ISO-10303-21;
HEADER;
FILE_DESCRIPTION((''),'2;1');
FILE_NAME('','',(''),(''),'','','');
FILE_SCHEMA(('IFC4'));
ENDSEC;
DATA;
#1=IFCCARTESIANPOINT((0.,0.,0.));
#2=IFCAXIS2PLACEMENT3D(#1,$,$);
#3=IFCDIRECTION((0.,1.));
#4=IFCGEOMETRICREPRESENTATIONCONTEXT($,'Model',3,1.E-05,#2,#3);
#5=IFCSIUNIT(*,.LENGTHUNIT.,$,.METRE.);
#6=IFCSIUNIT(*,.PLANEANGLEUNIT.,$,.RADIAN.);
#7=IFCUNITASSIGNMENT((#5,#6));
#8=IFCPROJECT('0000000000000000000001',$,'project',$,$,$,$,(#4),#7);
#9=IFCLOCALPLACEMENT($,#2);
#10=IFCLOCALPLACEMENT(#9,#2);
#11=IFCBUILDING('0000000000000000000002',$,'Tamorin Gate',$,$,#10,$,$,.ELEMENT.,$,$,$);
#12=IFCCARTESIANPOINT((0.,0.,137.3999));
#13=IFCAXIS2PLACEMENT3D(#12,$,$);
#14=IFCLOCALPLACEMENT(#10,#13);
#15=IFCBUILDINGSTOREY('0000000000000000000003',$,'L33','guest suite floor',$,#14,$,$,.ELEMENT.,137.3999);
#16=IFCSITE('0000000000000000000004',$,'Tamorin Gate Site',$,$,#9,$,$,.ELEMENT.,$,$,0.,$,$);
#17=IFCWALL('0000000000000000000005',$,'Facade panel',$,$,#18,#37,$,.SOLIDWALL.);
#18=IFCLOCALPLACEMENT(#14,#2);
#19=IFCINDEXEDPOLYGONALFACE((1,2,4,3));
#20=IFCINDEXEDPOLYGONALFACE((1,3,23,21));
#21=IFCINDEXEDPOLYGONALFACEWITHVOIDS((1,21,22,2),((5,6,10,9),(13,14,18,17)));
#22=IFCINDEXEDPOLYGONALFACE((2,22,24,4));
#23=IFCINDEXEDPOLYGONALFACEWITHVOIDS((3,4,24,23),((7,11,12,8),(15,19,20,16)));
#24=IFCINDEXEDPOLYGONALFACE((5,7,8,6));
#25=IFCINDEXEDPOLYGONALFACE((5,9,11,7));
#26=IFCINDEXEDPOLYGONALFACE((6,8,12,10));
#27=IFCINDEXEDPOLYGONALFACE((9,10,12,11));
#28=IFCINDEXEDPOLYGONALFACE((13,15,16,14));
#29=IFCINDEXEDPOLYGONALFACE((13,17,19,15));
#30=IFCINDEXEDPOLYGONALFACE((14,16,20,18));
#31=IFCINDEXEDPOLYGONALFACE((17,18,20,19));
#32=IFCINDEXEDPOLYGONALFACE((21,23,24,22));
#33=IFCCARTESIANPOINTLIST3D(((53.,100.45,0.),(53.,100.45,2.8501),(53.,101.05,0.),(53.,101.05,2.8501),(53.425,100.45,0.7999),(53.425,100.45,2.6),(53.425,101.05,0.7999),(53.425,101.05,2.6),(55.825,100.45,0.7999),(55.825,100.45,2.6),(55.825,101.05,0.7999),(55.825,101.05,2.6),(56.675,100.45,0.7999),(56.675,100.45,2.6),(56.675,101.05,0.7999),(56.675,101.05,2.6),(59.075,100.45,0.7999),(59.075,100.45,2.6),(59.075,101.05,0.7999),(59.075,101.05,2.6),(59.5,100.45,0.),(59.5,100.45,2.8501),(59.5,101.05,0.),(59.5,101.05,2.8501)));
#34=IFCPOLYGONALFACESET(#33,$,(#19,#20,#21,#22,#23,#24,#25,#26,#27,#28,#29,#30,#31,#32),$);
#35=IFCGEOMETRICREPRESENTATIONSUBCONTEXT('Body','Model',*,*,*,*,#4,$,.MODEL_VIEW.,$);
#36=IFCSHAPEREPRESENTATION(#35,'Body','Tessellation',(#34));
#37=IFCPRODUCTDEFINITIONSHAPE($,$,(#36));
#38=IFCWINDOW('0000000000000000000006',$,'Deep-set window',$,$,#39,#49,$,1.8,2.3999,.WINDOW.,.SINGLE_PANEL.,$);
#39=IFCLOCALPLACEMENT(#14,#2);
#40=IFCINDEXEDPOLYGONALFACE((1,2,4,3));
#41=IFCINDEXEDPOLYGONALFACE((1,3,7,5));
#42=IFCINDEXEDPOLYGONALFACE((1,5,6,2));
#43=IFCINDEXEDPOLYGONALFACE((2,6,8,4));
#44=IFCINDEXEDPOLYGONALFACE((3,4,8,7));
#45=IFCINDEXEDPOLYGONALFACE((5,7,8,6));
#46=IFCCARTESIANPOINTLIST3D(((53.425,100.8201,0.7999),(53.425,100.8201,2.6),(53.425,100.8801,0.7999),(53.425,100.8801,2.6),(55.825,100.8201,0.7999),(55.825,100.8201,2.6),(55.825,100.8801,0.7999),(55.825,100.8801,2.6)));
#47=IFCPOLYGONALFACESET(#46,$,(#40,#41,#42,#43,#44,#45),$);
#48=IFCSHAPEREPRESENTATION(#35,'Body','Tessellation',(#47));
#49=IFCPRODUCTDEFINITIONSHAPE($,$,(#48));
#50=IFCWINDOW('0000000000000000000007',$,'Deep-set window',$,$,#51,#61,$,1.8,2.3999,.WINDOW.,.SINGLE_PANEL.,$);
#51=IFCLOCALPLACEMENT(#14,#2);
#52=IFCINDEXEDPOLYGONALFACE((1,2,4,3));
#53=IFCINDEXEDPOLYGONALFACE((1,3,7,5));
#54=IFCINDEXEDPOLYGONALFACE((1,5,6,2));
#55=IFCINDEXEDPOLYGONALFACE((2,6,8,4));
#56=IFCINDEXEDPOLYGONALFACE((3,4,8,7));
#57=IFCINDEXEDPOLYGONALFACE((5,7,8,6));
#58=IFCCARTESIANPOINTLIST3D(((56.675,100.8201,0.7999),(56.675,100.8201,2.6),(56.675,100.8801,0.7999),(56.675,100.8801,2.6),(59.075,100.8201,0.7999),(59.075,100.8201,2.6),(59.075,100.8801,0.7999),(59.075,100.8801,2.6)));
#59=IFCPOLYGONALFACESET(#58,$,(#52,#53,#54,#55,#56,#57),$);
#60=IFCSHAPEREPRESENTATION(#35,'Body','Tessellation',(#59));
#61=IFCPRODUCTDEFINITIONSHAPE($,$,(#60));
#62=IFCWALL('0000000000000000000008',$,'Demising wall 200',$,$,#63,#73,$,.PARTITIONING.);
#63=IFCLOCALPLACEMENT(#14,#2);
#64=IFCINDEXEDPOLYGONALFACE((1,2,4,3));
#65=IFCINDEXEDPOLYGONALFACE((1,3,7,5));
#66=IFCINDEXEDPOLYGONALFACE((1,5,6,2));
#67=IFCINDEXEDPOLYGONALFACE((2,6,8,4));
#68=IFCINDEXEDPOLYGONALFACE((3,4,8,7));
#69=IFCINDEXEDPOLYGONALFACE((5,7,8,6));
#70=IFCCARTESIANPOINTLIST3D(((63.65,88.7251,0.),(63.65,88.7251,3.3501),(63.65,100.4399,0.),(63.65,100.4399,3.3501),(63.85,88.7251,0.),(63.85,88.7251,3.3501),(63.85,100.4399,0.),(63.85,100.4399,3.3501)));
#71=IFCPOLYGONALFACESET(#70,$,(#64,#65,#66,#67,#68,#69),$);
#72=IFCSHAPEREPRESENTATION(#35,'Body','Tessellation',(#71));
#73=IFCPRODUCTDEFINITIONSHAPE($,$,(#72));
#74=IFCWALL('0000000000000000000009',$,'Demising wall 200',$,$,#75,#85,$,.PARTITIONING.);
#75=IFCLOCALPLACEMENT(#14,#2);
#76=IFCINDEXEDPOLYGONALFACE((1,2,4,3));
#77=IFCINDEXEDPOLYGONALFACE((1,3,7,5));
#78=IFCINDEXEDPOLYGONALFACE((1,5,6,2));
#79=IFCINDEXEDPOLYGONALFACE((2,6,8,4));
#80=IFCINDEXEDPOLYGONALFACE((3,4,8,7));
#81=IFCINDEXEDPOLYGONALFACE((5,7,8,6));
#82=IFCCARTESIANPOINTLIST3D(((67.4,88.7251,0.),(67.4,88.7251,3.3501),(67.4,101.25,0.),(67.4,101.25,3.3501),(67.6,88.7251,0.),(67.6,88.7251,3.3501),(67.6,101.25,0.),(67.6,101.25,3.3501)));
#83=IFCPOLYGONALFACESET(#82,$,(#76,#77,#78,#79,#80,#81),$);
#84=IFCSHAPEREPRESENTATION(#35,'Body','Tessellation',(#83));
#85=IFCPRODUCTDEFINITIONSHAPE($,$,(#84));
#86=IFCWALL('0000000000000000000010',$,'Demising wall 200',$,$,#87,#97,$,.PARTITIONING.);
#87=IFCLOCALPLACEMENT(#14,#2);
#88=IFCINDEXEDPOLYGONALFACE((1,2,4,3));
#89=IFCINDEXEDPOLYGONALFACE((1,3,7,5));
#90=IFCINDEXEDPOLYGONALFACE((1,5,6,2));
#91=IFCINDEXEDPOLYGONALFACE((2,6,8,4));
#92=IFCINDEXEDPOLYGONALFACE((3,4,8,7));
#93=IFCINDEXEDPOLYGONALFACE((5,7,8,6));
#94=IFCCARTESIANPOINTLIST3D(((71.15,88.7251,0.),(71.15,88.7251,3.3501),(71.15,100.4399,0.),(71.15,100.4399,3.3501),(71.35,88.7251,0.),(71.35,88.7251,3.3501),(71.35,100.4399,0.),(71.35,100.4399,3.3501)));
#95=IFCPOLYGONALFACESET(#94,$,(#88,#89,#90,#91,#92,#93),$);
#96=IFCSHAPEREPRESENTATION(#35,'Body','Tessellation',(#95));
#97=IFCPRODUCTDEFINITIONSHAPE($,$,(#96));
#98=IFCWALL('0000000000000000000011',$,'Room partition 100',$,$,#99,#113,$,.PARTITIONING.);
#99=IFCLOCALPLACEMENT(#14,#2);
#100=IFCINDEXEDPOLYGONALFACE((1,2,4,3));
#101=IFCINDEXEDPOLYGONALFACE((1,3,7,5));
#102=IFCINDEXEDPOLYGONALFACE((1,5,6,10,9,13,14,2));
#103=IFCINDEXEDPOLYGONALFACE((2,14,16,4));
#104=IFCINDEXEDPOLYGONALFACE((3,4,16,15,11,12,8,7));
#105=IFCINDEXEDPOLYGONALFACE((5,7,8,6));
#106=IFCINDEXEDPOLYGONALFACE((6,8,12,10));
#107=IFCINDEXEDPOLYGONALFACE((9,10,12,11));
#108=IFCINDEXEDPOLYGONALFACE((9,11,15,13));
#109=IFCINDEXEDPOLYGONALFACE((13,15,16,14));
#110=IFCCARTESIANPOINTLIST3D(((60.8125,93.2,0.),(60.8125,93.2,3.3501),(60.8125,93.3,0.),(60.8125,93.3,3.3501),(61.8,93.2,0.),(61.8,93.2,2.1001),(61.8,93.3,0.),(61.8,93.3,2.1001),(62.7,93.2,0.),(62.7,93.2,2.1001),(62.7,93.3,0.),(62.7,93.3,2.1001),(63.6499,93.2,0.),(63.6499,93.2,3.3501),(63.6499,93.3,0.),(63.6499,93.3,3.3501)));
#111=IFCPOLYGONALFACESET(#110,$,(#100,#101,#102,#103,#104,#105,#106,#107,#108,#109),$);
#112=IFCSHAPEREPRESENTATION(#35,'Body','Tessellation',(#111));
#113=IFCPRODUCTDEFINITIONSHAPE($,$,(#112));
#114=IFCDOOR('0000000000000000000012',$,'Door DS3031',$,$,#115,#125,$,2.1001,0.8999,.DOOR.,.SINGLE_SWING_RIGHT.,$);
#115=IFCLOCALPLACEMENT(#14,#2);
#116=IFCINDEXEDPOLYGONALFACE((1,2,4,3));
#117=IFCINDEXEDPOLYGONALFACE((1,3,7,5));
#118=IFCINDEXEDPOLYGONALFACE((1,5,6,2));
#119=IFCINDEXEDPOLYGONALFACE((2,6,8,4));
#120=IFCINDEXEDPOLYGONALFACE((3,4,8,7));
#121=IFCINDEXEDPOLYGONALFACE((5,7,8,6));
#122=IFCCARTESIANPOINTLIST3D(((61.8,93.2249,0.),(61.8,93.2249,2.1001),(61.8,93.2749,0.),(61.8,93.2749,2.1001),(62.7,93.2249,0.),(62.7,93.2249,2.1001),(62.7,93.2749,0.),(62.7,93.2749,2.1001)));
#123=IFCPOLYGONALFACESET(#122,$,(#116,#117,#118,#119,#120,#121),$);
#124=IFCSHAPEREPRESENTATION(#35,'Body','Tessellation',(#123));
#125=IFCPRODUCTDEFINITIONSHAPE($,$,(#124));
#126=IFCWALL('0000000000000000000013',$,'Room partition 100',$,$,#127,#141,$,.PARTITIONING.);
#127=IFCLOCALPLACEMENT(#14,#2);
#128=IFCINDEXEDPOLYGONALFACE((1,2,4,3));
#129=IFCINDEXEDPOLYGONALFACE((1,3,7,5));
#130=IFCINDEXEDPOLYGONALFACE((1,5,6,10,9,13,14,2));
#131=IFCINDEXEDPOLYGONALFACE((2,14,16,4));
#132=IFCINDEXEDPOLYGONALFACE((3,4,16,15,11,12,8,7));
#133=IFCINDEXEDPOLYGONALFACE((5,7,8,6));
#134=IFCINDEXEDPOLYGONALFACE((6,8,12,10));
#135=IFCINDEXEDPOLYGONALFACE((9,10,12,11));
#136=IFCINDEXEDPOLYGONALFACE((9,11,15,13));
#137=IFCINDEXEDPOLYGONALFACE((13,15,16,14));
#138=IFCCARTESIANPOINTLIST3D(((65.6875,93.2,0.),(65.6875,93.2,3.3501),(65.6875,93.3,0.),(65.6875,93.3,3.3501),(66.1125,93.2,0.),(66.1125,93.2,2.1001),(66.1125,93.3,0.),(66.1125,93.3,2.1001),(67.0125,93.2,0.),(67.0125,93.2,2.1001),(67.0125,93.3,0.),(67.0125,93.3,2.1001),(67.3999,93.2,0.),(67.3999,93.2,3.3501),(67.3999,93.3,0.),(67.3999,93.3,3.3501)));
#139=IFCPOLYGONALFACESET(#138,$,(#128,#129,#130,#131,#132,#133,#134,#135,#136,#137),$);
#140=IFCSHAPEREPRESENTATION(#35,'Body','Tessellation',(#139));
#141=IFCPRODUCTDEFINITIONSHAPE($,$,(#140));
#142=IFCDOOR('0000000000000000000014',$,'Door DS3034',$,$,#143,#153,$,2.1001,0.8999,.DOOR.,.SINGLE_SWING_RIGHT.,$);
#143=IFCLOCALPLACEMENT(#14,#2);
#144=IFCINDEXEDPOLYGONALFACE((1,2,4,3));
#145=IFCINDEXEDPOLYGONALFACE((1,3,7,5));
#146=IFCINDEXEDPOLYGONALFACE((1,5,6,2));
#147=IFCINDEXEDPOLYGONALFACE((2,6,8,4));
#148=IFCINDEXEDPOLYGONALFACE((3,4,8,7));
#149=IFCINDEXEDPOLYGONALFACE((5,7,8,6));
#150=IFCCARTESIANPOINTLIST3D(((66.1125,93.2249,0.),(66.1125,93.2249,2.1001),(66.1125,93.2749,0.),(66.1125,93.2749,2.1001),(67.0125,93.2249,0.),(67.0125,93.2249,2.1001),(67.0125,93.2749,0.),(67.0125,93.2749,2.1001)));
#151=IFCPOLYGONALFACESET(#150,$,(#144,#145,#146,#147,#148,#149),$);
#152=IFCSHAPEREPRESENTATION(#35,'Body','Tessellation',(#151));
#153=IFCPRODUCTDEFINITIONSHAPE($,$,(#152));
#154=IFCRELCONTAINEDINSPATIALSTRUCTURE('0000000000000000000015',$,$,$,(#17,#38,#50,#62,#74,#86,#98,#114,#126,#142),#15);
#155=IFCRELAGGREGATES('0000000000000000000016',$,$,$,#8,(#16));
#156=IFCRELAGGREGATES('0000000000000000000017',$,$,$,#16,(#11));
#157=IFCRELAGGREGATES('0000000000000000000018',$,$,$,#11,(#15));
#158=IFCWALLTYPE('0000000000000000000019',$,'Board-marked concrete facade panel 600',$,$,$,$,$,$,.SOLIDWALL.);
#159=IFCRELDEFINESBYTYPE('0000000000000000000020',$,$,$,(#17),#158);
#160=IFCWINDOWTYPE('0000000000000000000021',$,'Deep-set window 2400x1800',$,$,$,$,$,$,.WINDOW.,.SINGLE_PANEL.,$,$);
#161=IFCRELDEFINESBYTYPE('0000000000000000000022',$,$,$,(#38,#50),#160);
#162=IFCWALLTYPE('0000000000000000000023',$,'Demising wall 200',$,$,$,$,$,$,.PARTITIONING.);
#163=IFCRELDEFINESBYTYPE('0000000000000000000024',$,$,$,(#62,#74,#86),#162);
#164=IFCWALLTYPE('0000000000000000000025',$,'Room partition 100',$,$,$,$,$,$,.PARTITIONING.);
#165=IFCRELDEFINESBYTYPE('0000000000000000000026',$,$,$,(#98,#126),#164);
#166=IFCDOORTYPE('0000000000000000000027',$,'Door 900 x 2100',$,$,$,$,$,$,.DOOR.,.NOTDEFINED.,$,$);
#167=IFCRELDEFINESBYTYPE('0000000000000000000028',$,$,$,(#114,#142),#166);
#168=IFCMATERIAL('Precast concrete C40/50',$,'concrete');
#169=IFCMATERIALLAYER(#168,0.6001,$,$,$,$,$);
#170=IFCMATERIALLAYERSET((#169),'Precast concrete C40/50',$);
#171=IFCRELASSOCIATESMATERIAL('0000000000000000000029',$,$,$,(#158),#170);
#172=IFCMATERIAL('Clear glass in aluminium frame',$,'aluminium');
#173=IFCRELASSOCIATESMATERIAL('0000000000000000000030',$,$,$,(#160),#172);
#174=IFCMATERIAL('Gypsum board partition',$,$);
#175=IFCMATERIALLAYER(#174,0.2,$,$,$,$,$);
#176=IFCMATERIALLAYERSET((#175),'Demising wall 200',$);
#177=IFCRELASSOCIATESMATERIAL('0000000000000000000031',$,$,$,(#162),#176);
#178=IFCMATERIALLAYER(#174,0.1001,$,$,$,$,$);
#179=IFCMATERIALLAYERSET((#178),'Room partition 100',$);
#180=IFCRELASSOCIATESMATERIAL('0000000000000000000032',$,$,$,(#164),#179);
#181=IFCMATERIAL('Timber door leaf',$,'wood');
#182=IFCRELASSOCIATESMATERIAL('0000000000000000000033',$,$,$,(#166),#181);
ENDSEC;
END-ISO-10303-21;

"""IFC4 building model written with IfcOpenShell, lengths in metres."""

from ifc_helpers import new_model, si_unit, direction, frame, frame_2d, origin, place, context, subcontext, project, spatial, rectangle, extrude, material, layer, layer_set, type_object, element, fill, save


model = new_model("IFC4")

# Units and contexts
model_context = context("Model", 3, precision=1e-05, world=origin(), true_north=direction((0.0, 1.0)))
body_context = subcontext(model_context, "Body", "Model", "MODEL_VIEW")
ifc_project = project(units=[si_unit("LENGTHUNIT", "METRE"), si_unit("PLANEANGLEUNIT", "RADIAN")], contexts=[model_context])

# Site, building, storey
site_placement = place(None, origin())
site = spatial("IfcSite", under=ifc_project, at=site_placement, Name="Tamorin Gate Site", CompositionType="ELEMENT", RefElevation=0.0)
building_placement = place(site_placement, origin())
building = spatial("IfcBuilding", under=site, at=building_placement, Name="Tamorin Gate", CompositionType="ELEMENT")
storey_placement = place(building_placement, frame((0.0, 0.0, 137.3999)))
storey = spatial("IfcBuildingStorey", under=building, at=storey_placement, Name="L33", Description="guest suite floor", CompositionType="ELEMENT", Elevation=137.3999)

# Wall, openings, windows
ifc_material_1 = material(Name="Precast concrete C40/50", Category="concrete")
ifc_layer_1 = layer(ifc_material_1, 0.6001)
ifc_layer_set_1 = layer_set([ifc_layer_1], Name="Precast concrete C40/50")
wall_type_1 = type_object("IfcWallType", Name="Board-marked concrete facade panel 600", PredefinedType="SOLIDWALL", material=ifc_layer_set_1)
ifc_material_2 = material(Name="Clear glass in aluminium frame", Category="aluminium")
window_type = type_object("IfcWindowType", Name="Deep-set window 2400x1800", PartitioningType="SINGLE_PANEL", PredefinedType="WINDOW", material=ifc_material_2)
wall_1_placement = place(storey_placement, frame((59.5, 100.75, 0.0), z_axis=(0.0, 0.0, 1.0), x_axis=(-1.0, 0.0, 0.0)))
wall_1 = element("IfcWall", 1, at=wall_1_placement, inside=storey, type_object=wall_type_1, Name="Facade panel", PredefinedType="SOLIDWALL", context=body_context, shape_type="SweptSolid", body=[
    extrude(rectangle(XDim=6.5, YDim=0.6001, at=frame_2d((3.25, 0.0))), origin(), (0.0, 0.0, 1.0), 2.8501),
])
opening_1_placement = place(wall_1_placement, frame((3.675, 0.0, 0.8)))
opening_1 = element("IfcOpeningElement", 2, at=opening_1_placement, cuts=wall_1, PredefinedType="OPENING", context=body_context, shape_type="SweptSolid", body=[
    extrude(rectangle(XDim=2.3999, YDim=1.8, at=frame_2d((1.2, 0.8999))), frame((0.0, 0.3101, 0.0), z_axis=(0.0, -1.0, 0.0), x_axis=(1.0, 0.0, 0.0)), (0.0, 0.0, 1.0), 0.6201),
])
opening_2_placement = place(wall_1_placement, frame((0.425, 0.0, 0.8)))
opening_2 = element("IfcOpeningElement", 3, at=opening_2_placement, cuts=wall_1, PredefinedType="OPENING", context=body_context, shape_type="SweptSolid", body=[
    extrude(rectangle(XDim=2.3999, YDim=1.8, at=frame_2d((1.2, 0.8999))), frame((0.0, 0.3101, 0.0), z_axis=(0.0, -1.0, 0.0), x_axis=(1.0, 0.0, 0.0)), (0.0, 0.0, 1.0), 0.6201),
])
window_1_placement = place(opening_1_placement, origin())
window_1 = element("IfcWindow", 4, at=window_1_placement, inside=storey, type_object=window_type, Name="Deep-set window", OverallHeight=1.8, OverallWidth=2.3999, PartitioningType="SINGLE_PANEL", PredefinedType="WINDOW", context=body_context, shape_type="SweptSolid", body=[
    extrude(rectangle(XDim=2.3999, YDim=1.8, at=frame_2d((1.2, 0.8999))), frame((0.0, -0.0701, 0.0), z_axis=(0.0, -1.0, 0.0), x_axis=(1.0, 0.0, 0.0)), (0.0, 0.0, 1.0), 0.0601),
])
fill(opening_1, window_1)
window_2_placement = place(opening_2_placement, origin())
window_2 = element("IfcWindow", 5, at=window_2_placement, inside=storey, type_object=window_type, Name="Deep-set window", OverallHeight=1.8, OverallWidth=2.3999, PartitioningType="SINGLE_PANEL", PredefinedType="WINDOW", context=body_context, shape_type="SweptSolid", body=[
    extrude(rectangle(XDim=2.3999, YDim=1.8, at=frame_2d((1.2, 0.8999))), frame((0.0, -0.0701, 0.0), z_axis=(0.0, -1.0, 0.0), x_axis=(1.0, 0.0, 0.0)), (0.0, 0.0, 1.0), 0.0601),
])
fill(opening_2, window_2)

# Walls
ifc_material_3 = material(Name="Gypsum board partition")
ifc_layer_2 = layer(ifc_material_3, 0.2)
ifc_layer_set_2 = layer_set([ifc_layer_2], Name="Demising wall 200")
wall_type_2 = type_object("IfcWallType", Name="Demising wall 200", PredefinedType="PARTITIONING", material=ifc_layer_set_2)
wall_2_placement = place(storey_placement, frame((63.75, 88.7251, 0.0), z_axis=(0.0, 0.0, 1.0), x_axis=(0.0, 1.0, 0.0)))
element("IfcWall", 6, at=wall_2_placement, inside=storey, type_object=wall_type_2, Name="Demising wall 200", PredefinedType="PARTITIONING", context=body_context, shape_type="SweptSolid", body=[
    extrude(rectangle(XDim=11.7148, YDim=0.2, at=frame_2d((5.8574, 0.0))), origin(), (0.0, 0.0, 1.0), 3.3501),
])
wall_3_placement = place(storey_placement, frame((67.5, 88.7251, 0.0), z_axis=(0.0, 0.0, 1.0), x_axis=(0.0, 1.0, 0.0)))
element("IfcWall", 7, at=wall_3_placement, inside=storey, type_object=wall_type_2, Name="Demising wall 200", PredefinedType="PARTITIONING", context=body_context, shape_type="SweptSolid", body=[
    extrude(rectangle(XDim=12.5249, YDim=0.2, at=frame_2d((6.2625, 0.0))), origin(), (0.0, 0.0, 1.0), 3.3501),
])
wall_4_placement = place(storey_placement, frame((71.25, 88.7251, 0.0), z_axis=(0.0, 0.0, 1.0), x_axis=(0.0, 1.0, 0.0)))
element("IfcWall", 8, at=wall_4_placement, inside=storey, type_object=wall_type_2, Name="Demising wall 200", PredefinedType="PARTITIONING", context=body_context, shape_type="SweptSolid", body=[
    extrude(rectangle(XDim=11.7148, YDim=0.2, at=frame_2d((5.8574, 0.0))), origin(), (0.0, 0.0, 1.0), 3.3501),
])

# Walls, openings, doors
ifc_layer_3 = layer(ifc_material_3, 0.1001)
ifc_layer_set_3 = layer_set([ifc_layer_3], Name="Room partition 100")
wall_type_3 = type_object("IfcWallType", Name="Room partition 100", PredefinedType="PARTITIONING", material=ifc_layer_set_3)
wall_5_placement = place(storey_placement, frame((60.8125, 93.25, 0.0), z_axis=(0.0, 0.0, 1.0), x_axis=(1.0, 0.0, 0.0)))
wall_5 = element("IfcWall", 9, at=wall_5_placement, inside=storey, type_object=wall_type_3, Name="Room partition 100", PredefinedType="PARTITIONING", context=body_context, shape_type="SweptSolid", body=[
    extrude(rectangle(XDim=2.8374, YDim=0.1001, at=frame_2d((1.4187, 0.0))), origin(), (0.0, 0.0, 1.0), 3.3501),
])
opening_3_placement = place(wall_5_placement, frame((0.9875, 0.0, 0.0)))
opening_3 = element("IfcOpeningElement", 10, at=opening_3_placement, cuts=wall_5, PredefinedType="OPENING", context=body_context, shape_type="SweptSolid", body=[
    extrude(rectangle(XDim=0.8999, YDim=2.1001, at=frame_2d((0.45, 1.05))), frame((0.0, 0.0601, 0.0), z_axis=(0.0, -1.0, 0.0), x_axis=(1.0, 0.0, 0.0)), (0.0, 0.0, 1.0), 0.1201),
])
ifc_material_4 = material(Name="Timber door leaf", Category="wood")
door_type = type_object("IfcDoorType", Name="Door 900 x 2100", OperationType="NOTDEFINED", PredefinedType="DOOR", material=ifc_material_4)
door_1_placement = place(opening_3_placement, origin())
door_1 = element("IfcDoor", 11, at=door_1_placement, inside=storey, type_object=door_type, Name="Door DS3031", OperationType="SINGLE_SWING_RIGHT", OverallHeight=2.1001, OverallWidth=0.8999, PredefinedType="DOOR", context=body_context, shape_type="SweptSolid", body=[
    extrude(rectangle(XDim=0.8999, YDim=2.1001, at=frame_2d((0.45, 1.05))), frame((0.0, 0.0249, 0.0), z_axis=(0.0, -1.0, 0.0), x_axis=(1.0, 0.0, 0.0)), (0.0, 0.0, 1.0), 0.05),
])
fill(opening_3, door_1)
wall_6_placement = place(storey_placement, frame((65.6875, 93.25, 0.0), z_axis=(0.0, 0.0, 1.0), x_axis=(1.0, 0.0, 0.0)))
wall_6 = element("IfcWall", 12, at=wall_6_placement, inside=storey, type_object=wall_type_3, Name="Room partition 100", PredefinedType="PARTITIONING", context=body_context, shape_type="SweptSolid", body=[
    extrude(rectangle(XDim=1.7124, YDim=0.1001, at=frame_2d((0.8562, 0.0))), origin(), (0.0, 0.0, 1.0), 3.3501),
])
opening_4_placement = place(wall_6_placement, frame((0.425, 0.0, 0.0)))
opening_4 = element("IfcOpeningElement", 13, at=opening_4_placement, cuts=wall_6, PredefinedType="OPENING", context=body_context, shape_type="SweptSolid", body=[
    extrude(rectangle(XDim=0.8999, YDim=2.1001, at=frame_2d((0.45, 1.05))), frame((0.0, 0.0601, 0.0), z_axis=(0.0, -1.0, 0.0), x_axis=(1.0, 0.0, 0.0)), (0.0, 0.0, 1.0), 0.1201),
])
door_2_placement = place(opening_4_placement, origin())
door_2 = element("IfcDoor", 14, at=door_2_placement, inside=storey, type_object=door_type, Name="Door DS3034", OperationType="SINGLE_SWING_RIGHT", OverallHeight=2.1001, OverallWidth=0.8999, PredefinedType="DOOR", context=body_context, shape_type="SweptSolid", body=[
    extrude(rectangle(XDim=0.8999, YDim=2.1001, at=frame_2d((0.45, 1.05))), frame((0.0, 0.0249, 0.0), z_axis=(0.0, -1.0, 0.0), x_axis=(1.0, 0.0, 0.0)), (0.0, 0.0, 1.0), 0.05),
])
fill(opening_4, door_2)

save(model, "model.ifc")
